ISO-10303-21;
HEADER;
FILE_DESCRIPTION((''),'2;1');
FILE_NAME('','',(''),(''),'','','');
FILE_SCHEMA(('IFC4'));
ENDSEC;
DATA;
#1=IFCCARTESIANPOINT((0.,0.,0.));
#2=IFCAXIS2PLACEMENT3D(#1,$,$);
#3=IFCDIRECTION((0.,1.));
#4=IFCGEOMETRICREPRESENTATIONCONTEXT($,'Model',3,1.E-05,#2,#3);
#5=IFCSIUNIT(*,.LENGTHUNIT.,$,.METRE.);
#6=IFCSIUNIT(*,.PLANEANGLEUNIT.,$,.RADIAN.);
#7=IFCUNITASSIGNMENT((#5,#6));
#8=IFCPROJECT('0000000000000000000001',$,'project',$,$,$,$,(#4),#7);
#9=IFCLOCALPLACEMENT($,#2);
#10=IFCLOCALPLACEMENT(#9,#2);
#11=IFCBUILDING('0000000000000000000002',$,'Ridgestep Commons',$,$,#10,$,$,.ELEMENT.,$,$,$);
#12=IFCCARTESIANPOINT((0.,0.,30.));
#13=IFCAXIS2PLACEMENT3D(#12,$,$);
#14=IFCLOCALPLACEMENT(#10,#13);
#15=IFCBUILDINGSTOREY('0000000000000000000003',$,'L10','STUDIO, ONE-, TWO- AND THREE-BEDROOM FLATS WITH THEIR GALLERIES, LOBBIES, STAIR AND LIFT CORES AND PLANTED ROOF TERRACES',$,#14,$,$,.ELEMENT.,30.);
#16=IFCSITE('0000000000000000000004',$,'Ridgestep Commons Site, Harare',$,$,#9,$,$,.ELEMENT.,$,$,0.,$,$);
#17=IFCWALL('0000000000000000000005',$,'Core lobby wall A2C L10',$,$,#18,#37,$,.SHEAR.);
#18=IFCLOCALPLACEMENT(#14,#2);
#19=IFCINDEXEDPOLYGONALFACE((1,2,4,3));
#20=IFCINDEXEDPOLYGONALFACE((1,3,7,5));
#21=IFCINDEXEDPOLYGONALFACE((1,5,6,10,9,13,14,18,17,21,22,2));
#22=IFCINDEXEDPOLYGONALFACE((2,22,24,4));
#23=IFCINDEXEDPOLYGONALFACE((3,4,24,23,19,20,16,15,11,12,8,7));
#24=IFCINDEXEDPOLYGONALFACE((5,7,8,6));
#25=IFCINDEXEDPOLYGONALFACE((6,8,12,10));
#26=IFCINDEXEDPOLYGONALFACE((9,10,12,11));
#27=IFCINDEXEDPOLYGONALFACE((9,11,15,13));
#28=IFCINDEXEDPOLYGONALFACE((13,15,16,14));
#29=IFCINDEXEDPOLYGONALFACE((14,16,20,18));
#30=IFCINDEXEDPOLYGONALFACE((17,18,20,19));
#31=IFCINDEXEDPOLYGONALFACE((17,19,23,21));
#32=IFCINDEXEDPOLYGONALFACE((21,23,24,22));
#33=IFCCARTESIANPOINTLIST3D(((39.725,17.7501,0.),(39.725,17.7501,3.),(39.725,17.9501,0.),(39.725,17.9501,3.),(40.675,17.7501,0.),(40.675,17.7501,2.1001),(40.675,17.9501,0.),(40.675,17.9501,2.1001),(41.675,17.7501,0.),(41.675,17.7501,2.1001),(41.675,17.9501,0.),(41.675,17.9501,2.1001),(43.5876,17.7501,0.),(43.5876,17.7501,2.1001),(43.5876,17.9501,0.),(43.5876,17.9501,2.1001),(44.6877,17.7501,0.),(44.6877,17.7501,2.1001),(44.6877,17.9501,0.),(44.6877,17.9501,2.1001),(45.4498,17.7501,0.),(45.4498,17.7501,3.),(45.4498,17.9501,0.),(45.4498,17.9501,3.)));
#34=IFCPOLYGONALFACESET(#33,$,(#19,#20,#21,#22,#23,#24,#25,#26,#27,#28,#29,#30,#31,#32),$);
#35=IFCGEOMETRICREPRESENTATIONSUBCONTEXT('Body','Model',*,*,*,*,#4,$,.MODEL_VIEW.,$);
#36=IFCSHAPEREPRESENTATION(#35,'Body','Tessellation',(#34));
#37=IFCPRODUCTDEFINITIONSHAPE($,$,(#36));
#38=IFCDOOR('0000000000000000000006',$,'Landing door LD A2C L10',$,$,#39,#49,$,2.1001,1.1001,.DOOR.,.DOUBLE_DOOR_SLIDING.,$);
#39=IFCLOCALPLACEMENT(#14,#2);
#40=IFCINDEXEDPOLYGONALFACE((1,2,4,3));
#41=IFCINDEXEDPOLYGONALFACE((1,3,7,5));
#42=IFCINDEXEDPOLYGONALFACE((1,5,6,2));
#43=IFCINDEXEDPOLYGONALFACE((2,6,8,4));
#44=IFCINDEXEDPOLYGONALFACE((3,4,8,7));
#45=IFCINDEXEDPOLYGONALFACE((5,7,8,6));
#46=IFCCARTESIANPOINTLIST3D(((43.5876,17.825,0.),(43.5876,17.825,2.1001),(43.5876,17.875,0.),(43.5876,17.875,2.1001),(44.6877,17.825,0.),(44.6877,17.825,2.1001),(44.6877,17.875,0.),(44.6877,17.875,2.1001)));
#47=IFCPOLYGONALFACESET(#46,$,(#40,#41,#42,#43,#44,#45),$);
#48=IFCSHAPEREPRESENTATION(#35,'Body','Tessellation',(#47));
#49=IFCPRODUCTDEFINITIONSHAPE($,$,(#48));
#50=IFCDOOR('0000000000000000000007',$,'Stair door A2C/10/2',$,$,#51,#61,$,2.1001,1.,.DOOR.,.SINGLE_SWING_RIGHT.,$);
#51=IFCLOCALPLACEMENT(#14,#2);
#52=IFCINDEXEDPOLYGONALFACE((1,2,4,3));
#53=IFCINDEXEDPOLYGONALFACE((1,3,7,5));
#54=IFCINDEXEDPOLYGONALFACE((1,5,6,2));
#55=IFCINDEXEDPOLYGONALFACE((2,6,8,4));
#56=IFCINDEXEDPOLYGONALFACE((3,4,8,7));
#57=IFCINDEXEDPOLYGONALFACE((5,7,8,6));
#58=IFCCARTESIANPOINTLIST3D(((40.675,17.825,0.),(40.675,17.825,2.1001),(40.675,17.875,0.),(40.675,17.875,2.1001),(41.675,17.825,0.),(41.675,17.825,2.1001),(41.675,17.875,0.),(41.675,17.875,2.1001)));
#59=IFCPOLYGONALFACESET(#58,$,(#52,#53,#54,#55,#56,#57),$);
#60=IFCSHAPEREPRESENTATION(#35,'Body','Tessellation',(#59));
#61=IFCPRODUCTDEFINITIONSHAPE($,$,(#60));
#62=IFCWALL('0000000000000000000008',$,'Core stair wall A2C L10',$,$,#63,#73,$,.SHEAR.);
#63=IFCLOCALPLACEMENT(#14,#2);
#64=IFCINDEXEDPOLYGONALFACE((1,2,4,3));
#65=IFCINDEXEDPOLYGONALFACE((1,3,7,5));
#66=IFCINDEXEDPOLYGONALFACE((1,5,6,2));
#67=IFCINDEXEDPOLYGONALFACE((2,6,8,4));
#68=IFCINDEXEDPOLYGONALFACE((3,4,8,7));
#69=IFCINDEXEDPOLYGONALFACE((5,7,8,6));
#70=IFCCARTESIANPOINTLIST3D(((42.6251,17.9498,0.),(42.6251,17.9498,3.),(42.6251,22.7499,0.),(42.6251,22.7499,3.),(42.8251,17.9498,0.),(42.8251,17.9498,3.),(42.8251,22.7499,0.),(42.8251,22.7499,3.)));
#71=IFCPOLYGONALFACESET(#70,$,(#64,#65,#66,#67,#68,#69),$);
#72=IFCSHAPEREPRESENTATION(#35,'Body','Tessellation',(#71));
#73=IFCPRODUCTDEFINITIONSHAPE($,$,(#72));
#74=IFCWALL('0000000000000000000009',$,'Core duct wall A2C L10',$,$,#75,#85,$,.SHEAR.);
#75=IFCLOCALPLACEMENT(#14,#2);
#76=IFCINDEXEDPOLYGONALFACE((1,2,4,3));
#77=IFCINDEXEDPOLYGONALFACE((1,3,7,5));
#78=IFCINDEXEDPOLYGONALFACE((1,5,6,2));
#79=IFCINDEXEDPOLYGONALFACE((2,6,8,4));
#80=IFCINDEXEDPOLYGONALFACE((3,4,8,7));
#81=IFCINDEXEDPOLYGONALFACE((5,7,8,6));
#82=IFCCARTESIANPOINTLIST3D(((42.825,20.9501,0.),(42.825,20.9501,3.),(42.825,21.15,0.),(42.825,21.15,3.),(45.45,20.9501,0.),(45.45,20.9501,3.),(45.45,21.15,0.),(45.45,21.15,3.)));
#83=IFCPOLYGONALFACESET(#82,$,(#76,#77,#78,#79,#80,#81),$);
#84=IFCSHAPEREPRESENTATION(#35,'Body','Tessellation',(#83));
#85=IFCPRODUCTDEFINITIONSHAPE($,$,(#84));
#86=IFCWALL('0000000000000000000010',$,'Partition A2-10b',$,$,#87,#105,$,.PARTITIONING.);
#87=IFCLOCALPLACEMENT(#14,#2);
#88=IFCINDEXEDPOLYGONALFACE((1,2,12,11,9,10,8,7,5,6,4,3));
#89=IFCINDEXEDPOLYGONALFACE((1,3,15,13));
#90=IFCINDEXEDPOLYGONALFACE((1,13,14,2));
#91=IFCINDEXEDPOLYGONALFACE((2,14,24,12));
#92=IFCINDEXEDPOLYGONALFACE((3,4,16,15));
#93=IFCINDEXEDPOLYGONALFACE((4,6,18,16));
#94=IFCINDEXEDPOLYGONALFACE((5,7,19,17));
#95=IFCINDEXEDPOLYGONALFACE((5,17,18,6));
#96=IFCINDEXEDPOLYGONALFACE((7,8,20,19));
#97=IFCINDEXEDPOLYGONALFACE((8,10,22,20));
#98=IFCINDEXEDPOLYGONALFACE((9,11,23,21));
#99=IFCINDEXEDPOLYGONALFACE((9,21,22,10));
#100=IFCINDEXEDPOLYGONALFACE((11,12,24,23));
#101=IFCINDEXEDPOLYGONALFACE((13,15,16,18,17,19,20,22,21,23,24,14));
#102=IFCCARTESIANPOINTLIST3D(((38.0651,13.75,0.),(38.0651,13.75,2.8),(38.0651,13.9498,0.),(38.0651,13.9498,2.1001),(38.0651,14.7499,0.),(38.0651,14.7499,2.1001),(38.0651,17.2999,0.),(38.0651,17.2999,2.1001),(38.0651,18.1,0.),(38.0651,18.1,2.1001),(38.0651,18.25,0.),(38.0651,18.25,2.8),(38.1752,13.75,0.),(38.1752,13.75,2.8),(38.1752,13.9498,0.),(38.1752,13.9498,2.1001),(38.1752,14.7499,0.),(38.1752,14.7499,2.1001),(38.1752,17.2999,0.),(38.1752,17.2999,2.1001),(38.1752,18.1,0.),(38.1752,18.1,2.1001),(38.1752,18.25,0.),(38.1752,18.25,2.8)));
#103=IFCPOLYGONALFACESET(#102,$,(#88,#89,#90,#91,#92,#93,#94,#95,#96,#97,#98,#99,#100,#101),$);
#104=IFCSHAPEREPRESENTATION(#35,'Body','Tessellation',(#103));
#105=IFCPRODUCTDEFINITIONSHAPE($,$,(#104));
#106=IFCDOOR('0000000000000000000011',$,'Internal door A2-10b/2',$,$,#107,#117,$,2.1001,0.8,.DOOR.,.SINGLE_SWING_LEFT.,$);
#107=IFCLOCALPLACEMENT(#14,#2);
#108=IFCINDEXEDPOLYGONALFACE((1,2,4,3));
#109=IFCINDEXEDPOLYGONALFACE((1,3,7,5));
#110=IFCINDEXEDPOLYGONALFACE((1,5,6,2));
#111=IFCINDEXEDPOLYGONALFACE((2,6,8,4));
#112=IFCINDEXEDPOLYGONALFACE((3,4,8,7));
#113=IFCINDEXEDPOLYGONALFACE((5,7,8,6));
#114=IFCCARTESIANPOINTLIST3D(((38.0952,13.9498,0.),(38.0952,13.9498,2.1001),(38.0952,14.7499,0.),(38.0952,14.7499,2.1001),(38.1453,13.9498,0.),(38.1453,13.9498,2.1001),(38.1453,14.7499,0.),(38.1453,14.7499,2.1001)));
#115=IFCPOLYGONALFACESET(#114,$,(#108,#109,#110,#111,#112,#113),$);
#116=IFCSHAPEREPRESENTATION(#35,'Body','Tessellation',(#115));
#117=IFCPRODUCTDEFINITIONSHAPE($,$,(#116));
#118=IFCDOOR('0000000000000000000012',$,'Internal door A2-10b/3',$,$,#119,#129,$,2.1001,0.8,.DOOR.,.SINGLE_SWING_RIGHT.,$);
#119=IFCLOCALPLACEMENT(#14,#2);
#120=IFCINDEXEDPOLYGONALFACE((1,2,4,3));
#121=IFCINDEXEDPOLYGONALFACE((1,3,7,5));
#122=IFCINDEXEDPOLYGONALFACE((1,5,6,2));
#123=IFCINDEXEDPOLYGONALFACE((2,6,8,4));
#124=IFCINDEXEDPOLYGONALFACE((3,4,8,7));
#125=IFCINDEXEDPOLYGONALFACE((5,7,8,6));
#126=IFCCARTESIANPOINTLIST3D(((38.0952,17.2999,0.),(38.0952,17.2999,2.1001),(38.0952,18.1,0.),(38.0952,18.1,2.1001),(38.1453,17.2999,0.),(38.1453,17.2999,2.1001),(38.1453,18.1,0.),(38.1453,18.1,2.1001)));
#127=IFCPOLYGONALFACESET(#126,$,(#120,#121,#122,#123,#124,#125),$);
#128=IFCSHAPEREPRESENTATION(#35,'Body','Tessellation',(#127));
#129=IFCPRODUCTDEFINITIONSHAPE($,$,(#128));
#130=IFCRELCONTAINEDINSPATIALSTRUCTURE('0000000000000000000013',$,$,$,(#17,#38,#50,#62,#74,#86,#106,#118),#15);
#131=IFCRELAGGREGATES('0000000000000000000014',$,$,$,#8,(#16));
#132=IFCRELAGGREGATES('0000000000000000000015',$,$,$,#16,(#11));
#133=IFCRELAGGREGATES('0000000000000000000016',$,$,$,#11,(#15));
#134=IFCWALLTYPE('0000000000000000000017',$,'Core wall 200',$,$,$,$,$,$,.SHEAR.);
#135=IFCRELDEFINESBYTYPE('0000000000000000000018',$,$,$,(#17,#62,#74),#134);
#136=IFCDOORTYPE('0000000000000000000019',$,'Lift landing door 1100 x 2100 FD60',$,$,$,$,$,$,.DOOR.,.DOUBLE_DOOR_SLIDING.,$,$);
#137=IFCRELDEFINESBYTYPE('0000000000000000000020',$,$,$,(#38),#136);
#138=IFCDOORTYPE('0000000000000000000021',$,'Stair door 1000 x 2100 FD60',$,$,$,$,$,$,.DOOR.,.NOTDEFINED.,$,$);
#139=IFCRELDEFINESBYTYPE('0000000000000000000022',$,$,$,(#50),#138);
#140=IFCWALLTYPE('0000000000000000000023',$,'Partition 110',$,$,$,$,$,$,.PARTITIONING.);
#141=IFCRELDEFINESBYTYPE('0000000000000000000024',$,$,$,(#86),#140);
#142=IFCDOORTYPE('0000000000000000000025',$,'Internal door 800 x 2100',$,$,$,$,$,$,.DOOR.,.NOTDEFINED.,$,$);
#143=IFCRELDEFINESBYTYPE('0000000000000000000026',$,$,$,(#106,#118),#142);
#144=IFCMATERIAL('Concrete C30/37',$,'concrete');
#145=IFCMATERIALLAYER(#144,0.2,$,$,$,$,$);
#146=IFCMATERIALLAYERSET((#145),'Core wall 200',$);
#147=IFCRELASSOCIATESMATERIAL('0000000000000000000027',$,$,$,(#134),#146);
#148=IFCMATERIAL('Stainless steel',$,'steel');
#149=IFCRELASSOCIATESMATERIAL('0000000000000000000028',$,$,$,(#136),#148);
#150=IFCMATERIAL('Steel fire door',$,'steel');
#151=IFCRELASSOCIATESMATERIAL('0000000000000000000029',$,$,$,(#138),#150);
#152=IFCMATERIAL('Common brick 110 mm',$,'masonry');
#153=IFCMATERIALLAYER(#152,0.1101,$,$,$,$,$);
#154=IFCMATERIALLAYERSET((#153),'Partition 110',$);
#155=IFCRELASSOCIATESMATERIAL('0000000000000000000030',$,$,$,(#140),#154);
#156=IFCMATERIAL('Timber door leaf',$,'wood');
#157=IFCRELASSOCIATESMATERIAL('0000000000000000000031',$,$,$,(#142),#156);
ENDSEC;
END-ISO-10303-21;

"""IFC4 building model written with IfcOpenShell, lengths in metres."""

from ifc_helpers import new_model, si_unit, direction, frame, frame_2d, origin, place, context, subcontext, project, spatial, rectangle, extrude, material, layer, layer_set, type_object, element, fill, save


model = new_model("IFC4")

# Units and contexts
model_context = context("Model", 3, precision=1e-05, world=origin(), true_north=direction((0.0, 1.0)))
body_context = subcontext(model_context, "Body", "Model", "MODEL_VIEW")
ifc_project = project(units=[si_unit("LENGTHUNIT", "METRE"), si_unit("PLANEANGLEUNIT", "RADIAN")], contexts=[model_context])

# Site, building, storey
site_placement = place(None, origin())
site = spatial("IfcSite", under=ifc_project, at=site_placement, Name="Ridgestep Commons Site, Harare", CompositionType="ELEMENT", RefElevation=0.0)
building_placement = place(site_placement, origin())
building = spatial("IfcBuilding", under=site, at=building_placement, Name="Ridgestep Commons", CompositionType="ELEMENT")
storey_placement = place(building_placement, frame((0.0, 0.0, 30.0)))
storey = spatial("IfcBuildingStorey", under=building, at=storey_placement, Name="L10", Description="STUDIO, ONE-, TWO- AND THREE-BEDROOM FLATS WITH THEIR GALLERIES, LOBBIES, STAIR AND LIFT CORES AND PLANTED ROOF TERRACES", CompositionType="ELEMENT", Elevation=30.0)

# Wall, openings, doors
ifc_material_1 = material(Name="Concrete C30/37", Category="concrete")
ifc_layer_1 = layer(ifc_material_1, 0.2)
ifc_layer_set_1 = layer_set([ifc_layer_1], Name="Core wall 200")
wall_type_1 = type_object("IfcWallType", Name="Core wall 200", PredefinedType="SHEAR", material=ifc_layer_set_1)
wall_1_placement = place(storey_placement, frame((39.7251, 17.8501, 0.0), z_axis=(0.0, 0.0, 1.0), x_axis=(1.0, 0.0, 0.0)))
wall_1 = element("IfcWall", 1, at=wall_1_placement, inside=storey, type_object=wall_type_1, Name="Core lobby wall A2C L10", PredefinedType="SHEAR", context=body_context, shape_type="SweptSolid", body=[
    extrude(rectangle(XDim=5.7249, YDim=0.2, at=frame_2d((2.8623, 0.0))), origin(), (0.0, 0.0, 1.0), 3.0),
])
opening_1_placement = place(wall_1_placement, frame((0.95, 0.0, 0.0)))
opening_1 = element("IfcOpeningElement", 2, at=opening_1_placement, cuts=wall_1, PredefinedType="OPENING", context=body_context, shape_type="SweptSolid", body=[
    extrude(rectangle(XDim=1.0, YDim=2.1001, at=frame_2d((0.5, 1.05))), frame((0.0, 0.1099, 0.0), z_axis=(0.0, -1.0, 0.0), x_axis=(1.0, 0.0, 0.0)), (0.0, 0.0, 1.0), 0.22),
])
opening_2_placement = place(wall_1_placement, frame((3.8625, 0.0, 0.0)))
opening_2 = element("IfcOpeningElement", 3, at=opening_2_placement, cuts=wall_1, PredefinedType="OPENING", context=body_context, shape_type="SweptSolid", body=[
    extrude(rectangle(XDim=1.1001, YDim=2.1001, at=frame_2d((0.55, 1.05))), frame((0.0, 0.1099, 0.0), z_axis=(0.0, -1.0, 0.0), x_axis=(1.0, 0.0, 0.0)), (0.0, 0.0, 1.0), 0.22),
])
ifc_material_2 = material(Name="Stainless steel", Category="steel")
door_type_1 = type_object("IfcDoorType", Name="Lift landing door 1100 x 2100 FD60", OperationType="DOUBLE_DOOR_SLIDING", PredefinedType="DOOR", material=ifc_material_2)
door_1_placement = place(opening_2_placement, origin())
door_1 = element("IfcDoor", 4, at=door_1_placement, inside=storey, type_object=door_type_1, Name="Landing door LD A2C L10", OperationType="DOUBLE_DOOR_SLIDING", OverallHeight=2.1001, OverallWidth=1.1001, PredefinedType="DOOR", context=body_context, shape_type="SweptSolid", body=[
    extrude(rectangle(XDim=1.1001, YDim=2.1001, at=frame_2d((0.55, 1.05))), frame((0.0, 0.0249, 0.0), z_axis=(0.0, -1.0, 0.0), x_axis=(1.0, 0.0, 0.0)), (0.0, 0.0, 1.0), 0.05),
])
fill(opening_2, door_1)
ifc_material_3 = material(Name="Steel fire door", Category="steel")
door_type_2 = type_object("IfcDoorType", Name="Stair door 1000 x 2100 FD60", OperationType="NOTDEFINED", PredefinedType="DOOR", material=ifc_material_3)
door_2_placement = place(opening_1_placement, origin())
door_2 = element("IfcDoor", 5, at=door_2_placement, inside=storey, type_object=door_type_2, Name="Stair door A2C/10/2", OperationType="SINGLE_SWING_RIGHT", OverallHeight=2.1001, OverallWidth=1.0, PredefinedType="DOOR", context=body_context, shape_type="SweptSolid", body=[
    extrude(rectangle(XDim=1.0, YDim=2.1001, at=frame_2d((0.5, 1.05))), frame((0.0, 0.0249, 0.0), z_axis=(0.0, -1.0, 0.0), x_axis=(1.0, 0.0, 0.0)), (0.0, 0.0, 1.0), 0.05),
])
fill(opening_1, door_2)

# Walls
wall_2_placement = place(storey_placement, frame((42.7251, 17.95, 0.0), z_axis=(0.0, 0.0, 1.0), x_axis=(0.0, 1.0, 0.0)))
element("IfcWall", 6, at=wall_2_placement, inside=storey, type_object=wall_type_1, Name="Core stair wall A2C L10", PredefinedType="SHEAR", context=body_context, shape_type="SweptSolid", body=[
    extrude(rectangle(XDim=4.8, YDim=0.2, at=frame_2d((2.3999, 0.0))), origin(), (0.0, 0.0, 1.0), 3.0),
])
wall_3_placement = place(storey_placement, frame((42.825, 21.05, 0.0), z_axis=(0.0, 0.0, 1.0), x_axis=(1.0, 0.0, 0.0)))
element("IfcWall", 7, at=wall_3_placement, inside=storey, type_object=wall_type_1, Name="Core duct wall A2C L10", PredefinedType="SHEAR", context=body_context, shape_type="SweptSolid", body=[
    extrude(rectangle(XDim=2.625, YDim=0.2, at=frame_2d((1.3125, 0.0))), origin(), (0.0, 0.0, 1.0), 3.0),
])

# Wall, openings, doors
ifc_material_4 = material(Name="Common brick 110 mm", Category="masonry")
ifc_layer_2 = layer(ifc_material_4, 0.1101)
ifc_layer_set_2 = layer_set([ifc_layer_2], Name="Partition 110")
wall_type_2 = type_object("IfcWallType", Name="Partition 110", PredefinedType="PARTITIONING", material=ifc_layer_set_2)
wall_4_placement = place(storey_placement, frame((38.1201, 13.75, 0.0), z_axis=(0.0, 0.0, 1.0), x_axis=(0.0, 1.0, 0.0)))
wall_4 = element("IfcWall", 8, at=wall_4_placement, inside=storey, type_object=wall_type_2, Name="Partition A2-10b", PredefinedType="PARTITIONING", context=body_context, shape_type="SweptSolid", body=[
    extrude(rectangle(XDim=4.5, YDim=0.1101, at=frame_2d((2.25, 0.0))), origin(), (0.0, 0.0, 1.0), 2.8),
])
opening_3_placement = place(wall_4_placement, frame((0.2, 0.0, 0.0)))
opening_3 = element("IfcOpeningElement", 9, at=opening_3_placement, cuts=wall_4, PredefinedType="OPENING", context=body_context, shape_type="SweptSolid", body=[
    extrude(rectangle(XDim=0.8, YDim=2.1001, at=frame_2d((0.3999, 1.05))), frame((0.0, 0.0649, 0.0), z_axis=(0.0, -1.0, 0.0), x_axis=(1.0, 0.0, 0.0)), (0.0, 0.0, 1.0), 0.1301),
])
opening_4_placement = place(wall_4_placement, frame((3.55, 0.0, 0.0)))
opening_4 = element("IfcOpeningElement", 10, at=opening_4_placement, cuts=wall_4, PredefinedType="OPENING", context=body_context, shape_type="SweptSolid", body=[
    extrude(rectangle(XDim=0.8, YDim=2.1001, at=frame_2d((0.3999, 1.05))), frame((0.0, 0.0649, 0.0), z_axis=(0.0, -1.0, 0.0), x_axis=(1.0, 0.0, 0.0)), (0.0, 0.0, 1.0), 0.1301),
])
ifc_material_5 = material(Name="Timber door leaf", Category="wood")
door_type_3 = type_object("IfcDoorType", Name="Internal door 800 x 2100", OperationType="NOTDEFINED", PredefinedType="DOOR", material=ifc_material_5)
door_3_placement = place(opening_3_placement, origin())
door_3 = element("IfcDoor", 11, at=door_3_placement, inside=storey, type_object=door_type_3, Name="Internal door A2-10b/2", OperationType="SINGLE_SWING_LEFT", OverallHeight=2.1001, OverallWidth=0.8, PredefinedType="DOOR", context=body_context, shape_type="SweptSolid", body=[
    extrude(rectangle(XDim=0.8, YDim=2.1001, at=frame_2d((0.3999, 1.05))), frame((0.0, 0.0249, 0.0), z_axis=(0.0, -1.0, 0.0), x_axis=(1.0, 0.0, 0.0)), (0.0, 0.0, 1.0), 0.05),
])
fill(opening_3, door_3)
door_4_placement = place(opening_4_placement, origin())
door_4 = element("IfcDoor", 12, at=door_4_placement, inside=storey, type_object=door_type_3, Name="Internal door A2-10b/3", OperationType="SINGLE_SWING_RIGHT", OverallHeight=2.1001, OverallWidth=0.8, PredefinedType="DOOR", context=body_context, shape_type="SweptSolid", body=[
    extrude(rectangle(XDim=0.8, YDim=2.1001, at=frame_2d((0.3999, 1.05))), frame((0.0, 0.0249, 0.0), z_axis=(0.0, -1.0, 0.0), x_axis=(1.0, 0.0, 0.0)), (0.0, 0.0, 1.0), 0.05),
])
fill(opening_4, door_4)

save(model, "model.ifc")
